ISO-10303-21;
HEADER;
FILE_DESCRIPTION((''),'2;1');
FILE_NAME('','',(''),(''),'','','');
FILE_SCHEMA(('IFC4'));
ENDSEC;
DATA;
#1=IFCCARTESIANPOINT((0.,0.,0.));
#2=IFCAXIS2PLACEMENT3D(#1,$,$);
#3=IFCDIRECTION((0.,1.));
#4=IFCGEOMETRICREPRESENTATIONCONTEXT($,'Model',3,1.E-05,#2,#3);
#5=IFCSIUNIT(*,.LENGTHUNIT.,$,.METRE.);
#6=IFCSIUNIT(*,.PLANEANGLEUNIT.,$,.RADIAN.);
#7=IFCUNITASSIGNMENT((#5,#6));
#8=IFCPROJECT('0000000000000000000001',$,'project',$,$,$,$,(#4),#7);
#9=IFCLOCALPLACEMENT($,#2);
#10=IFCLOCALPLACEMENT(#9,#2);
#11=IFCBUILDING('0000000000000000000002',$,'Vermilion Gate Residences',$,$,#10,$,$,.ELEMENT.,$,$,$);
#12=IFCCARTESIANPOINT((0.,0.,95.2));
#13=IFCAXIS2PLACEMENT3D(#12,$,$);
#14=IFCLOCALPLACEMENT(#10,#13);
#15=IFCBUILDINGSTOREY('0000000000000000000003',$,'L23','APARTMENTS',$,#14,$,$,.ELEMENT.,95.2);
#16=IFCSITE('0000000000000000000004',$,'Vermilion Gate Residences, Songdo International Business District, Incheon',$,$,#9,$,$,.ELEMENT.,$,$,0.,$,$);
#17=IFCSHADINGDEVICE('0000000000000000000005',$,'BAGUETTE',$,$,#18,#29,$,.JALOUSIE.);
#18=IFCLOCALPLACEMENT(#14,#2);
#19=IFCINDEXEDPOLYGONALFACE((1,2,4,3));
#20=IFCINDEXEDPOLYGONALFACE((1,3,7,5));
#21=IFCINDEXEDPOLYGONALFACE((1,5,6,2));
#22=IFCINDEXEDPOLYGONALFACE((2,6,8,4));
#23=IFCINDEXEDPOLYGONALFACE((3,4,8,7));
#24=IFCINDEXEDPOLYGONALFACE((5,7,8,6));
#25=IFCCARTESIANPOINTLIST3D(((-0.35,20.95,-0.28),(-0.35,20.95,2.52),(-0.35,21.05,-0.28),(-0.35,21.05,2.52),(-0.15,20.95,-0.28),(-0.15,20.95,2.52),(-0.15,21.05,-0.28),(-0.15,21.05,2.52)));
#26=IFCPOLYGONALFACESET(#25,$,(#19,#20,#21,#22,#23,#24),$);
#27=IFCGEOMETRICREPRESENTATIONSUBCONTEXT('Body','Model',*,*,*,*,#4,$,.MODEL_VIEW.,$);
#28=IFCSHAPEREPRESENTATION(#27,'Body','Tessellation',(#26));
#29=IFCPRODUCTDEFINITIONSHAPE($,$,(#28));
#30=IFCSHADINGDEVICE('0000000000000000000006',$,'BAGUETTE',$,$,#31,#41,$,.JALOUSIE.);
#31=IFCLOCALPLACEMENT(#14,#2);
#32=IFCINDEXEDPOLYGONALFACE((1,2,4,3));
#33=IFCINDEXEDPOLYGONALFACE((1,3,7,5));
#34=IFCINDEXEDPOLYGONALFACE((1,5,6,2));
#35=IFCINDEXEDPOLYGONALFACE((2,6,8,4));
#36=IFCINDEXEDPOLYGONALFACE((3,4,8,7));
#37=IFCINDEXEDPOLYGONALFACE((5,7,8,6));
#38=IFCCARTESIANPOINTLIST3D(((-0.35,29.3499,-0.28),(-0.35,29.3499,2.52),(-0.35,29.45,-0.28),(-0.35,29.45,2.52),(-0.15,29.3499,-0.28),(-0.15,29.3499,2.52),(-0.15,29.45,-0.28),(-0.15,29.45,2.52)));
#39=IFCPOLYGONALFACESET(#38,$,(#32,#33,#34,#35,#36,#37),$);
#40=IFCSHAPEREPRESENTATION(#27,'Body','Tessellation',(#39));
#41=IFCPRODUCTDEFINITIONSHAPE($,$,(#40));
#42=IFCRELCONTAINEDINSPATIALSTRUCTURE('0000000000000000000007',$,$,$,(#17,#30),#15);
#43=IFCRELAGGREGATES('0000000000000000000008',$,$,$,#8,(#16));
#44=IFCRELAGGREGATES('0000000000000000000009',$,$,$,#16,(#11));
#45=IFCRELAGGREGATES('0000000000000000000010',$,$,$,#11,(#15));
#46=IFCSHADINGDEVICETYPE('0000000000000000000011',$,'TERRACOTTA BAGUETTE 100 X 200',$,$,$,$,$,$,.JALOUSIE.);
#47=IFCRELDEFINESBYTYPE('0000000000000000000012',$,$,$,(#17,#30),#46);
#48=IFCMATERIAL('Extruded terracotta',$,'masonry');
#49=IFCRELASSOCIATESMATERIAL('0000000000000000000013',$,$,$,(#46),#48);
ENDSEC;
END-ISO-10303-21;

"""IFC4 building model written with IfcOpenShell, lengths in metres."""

from ifc_helpers import new_model, si_unit, direction, frame, origin, origin_2d, place, context, subcontext, project, spatial, rectangle, extrude, material, material_profile, profile_set, type_object, element, save


model = new_model("IFC4")

# Units and contexts
model_context = context("Model", 3, precision=1e-05, world=origin(), true_north=direction((0.0, 1.0)))
body_context = subcontext(model_context, "Body", "Model", "MODEL_VIEW")
ifc_project = project(units=[si_unit("LENGTHUNIT", "METRE"), si_unit("PLANEANGLEUNIT", "RADIAN")], contexts=[model_context])

# Site, building, storey
site_placement = place(None, origin())
site = spatial("IfcSite", under=ifc_project, at=site_placement, Name="Vermilion Gate Residences, Songdo International Business District, Incheon", CompositionType="ELEMENT", RefElevation=0.0)
building_placement = place(site_placement, origin())
building = spatial("IfcBuilding", under=site, at=building_placement, Name="Vermilion Gate Residences", CompositionType="ELEMENT")
storey_placement = place(building_placement, frame((0.0, 0.0, 95.2)))
storey = spatial("IfcBuildingStorey", under=building, at=storey_placement, Name="L23", Description="APARTMENTS", CompositionType="ELEMENT", Elevation=95.2)

# Shading devices
ifc_material_1 = material(Name="Extruded terracotta", Category="masonry")
ifc_material_profile_1 = material_profile(ifc_material_1, rectangle(XDim=0.2, YDim=0.1001, at=origin_2d()), Name="BAGUETTE 100 X 200")
ifc_profile_set_1 = profile_set([ifc_material_profile_1], Name="Extruded terracotta")
shading_device_type = type_object("IfcShadingDeviceType", Name="TERRACOTTA BAGUETTE 100 X 200", PredefinedType="JALOUSIE", material=ifc_profile_set_1)
for number, where, z_axis, x_axis, name in (
    (1, (-0.25, 21.0, -0.28), (0.0, 0.0, 1.0), (1.0, 0.0, 0.0), "BAGUETTE"),
    (2, (-0.25, 29.3999, -0.28), (0.0, 0.0, 1.0), (1.0, 0.0, 0.0), "BAGUETTE"),
):
    element("IfcShadingDevice", number, at=place(storey_placement, frame(where, z_axis=z_axis, x_axis=x_axis)), inside=storey, type_object=shading_device_type, Name=name, PredefinedType="JALOUSIE", context=body_context, shape_type="SweptSolid", body=[
        extrude(rectangle(XDim=0.2, YDim=0.1001, at=origin_2d()), origin(), (0.0, 0.0, 1.0), 2.8),
    ])

save(model, "model.ifc")
